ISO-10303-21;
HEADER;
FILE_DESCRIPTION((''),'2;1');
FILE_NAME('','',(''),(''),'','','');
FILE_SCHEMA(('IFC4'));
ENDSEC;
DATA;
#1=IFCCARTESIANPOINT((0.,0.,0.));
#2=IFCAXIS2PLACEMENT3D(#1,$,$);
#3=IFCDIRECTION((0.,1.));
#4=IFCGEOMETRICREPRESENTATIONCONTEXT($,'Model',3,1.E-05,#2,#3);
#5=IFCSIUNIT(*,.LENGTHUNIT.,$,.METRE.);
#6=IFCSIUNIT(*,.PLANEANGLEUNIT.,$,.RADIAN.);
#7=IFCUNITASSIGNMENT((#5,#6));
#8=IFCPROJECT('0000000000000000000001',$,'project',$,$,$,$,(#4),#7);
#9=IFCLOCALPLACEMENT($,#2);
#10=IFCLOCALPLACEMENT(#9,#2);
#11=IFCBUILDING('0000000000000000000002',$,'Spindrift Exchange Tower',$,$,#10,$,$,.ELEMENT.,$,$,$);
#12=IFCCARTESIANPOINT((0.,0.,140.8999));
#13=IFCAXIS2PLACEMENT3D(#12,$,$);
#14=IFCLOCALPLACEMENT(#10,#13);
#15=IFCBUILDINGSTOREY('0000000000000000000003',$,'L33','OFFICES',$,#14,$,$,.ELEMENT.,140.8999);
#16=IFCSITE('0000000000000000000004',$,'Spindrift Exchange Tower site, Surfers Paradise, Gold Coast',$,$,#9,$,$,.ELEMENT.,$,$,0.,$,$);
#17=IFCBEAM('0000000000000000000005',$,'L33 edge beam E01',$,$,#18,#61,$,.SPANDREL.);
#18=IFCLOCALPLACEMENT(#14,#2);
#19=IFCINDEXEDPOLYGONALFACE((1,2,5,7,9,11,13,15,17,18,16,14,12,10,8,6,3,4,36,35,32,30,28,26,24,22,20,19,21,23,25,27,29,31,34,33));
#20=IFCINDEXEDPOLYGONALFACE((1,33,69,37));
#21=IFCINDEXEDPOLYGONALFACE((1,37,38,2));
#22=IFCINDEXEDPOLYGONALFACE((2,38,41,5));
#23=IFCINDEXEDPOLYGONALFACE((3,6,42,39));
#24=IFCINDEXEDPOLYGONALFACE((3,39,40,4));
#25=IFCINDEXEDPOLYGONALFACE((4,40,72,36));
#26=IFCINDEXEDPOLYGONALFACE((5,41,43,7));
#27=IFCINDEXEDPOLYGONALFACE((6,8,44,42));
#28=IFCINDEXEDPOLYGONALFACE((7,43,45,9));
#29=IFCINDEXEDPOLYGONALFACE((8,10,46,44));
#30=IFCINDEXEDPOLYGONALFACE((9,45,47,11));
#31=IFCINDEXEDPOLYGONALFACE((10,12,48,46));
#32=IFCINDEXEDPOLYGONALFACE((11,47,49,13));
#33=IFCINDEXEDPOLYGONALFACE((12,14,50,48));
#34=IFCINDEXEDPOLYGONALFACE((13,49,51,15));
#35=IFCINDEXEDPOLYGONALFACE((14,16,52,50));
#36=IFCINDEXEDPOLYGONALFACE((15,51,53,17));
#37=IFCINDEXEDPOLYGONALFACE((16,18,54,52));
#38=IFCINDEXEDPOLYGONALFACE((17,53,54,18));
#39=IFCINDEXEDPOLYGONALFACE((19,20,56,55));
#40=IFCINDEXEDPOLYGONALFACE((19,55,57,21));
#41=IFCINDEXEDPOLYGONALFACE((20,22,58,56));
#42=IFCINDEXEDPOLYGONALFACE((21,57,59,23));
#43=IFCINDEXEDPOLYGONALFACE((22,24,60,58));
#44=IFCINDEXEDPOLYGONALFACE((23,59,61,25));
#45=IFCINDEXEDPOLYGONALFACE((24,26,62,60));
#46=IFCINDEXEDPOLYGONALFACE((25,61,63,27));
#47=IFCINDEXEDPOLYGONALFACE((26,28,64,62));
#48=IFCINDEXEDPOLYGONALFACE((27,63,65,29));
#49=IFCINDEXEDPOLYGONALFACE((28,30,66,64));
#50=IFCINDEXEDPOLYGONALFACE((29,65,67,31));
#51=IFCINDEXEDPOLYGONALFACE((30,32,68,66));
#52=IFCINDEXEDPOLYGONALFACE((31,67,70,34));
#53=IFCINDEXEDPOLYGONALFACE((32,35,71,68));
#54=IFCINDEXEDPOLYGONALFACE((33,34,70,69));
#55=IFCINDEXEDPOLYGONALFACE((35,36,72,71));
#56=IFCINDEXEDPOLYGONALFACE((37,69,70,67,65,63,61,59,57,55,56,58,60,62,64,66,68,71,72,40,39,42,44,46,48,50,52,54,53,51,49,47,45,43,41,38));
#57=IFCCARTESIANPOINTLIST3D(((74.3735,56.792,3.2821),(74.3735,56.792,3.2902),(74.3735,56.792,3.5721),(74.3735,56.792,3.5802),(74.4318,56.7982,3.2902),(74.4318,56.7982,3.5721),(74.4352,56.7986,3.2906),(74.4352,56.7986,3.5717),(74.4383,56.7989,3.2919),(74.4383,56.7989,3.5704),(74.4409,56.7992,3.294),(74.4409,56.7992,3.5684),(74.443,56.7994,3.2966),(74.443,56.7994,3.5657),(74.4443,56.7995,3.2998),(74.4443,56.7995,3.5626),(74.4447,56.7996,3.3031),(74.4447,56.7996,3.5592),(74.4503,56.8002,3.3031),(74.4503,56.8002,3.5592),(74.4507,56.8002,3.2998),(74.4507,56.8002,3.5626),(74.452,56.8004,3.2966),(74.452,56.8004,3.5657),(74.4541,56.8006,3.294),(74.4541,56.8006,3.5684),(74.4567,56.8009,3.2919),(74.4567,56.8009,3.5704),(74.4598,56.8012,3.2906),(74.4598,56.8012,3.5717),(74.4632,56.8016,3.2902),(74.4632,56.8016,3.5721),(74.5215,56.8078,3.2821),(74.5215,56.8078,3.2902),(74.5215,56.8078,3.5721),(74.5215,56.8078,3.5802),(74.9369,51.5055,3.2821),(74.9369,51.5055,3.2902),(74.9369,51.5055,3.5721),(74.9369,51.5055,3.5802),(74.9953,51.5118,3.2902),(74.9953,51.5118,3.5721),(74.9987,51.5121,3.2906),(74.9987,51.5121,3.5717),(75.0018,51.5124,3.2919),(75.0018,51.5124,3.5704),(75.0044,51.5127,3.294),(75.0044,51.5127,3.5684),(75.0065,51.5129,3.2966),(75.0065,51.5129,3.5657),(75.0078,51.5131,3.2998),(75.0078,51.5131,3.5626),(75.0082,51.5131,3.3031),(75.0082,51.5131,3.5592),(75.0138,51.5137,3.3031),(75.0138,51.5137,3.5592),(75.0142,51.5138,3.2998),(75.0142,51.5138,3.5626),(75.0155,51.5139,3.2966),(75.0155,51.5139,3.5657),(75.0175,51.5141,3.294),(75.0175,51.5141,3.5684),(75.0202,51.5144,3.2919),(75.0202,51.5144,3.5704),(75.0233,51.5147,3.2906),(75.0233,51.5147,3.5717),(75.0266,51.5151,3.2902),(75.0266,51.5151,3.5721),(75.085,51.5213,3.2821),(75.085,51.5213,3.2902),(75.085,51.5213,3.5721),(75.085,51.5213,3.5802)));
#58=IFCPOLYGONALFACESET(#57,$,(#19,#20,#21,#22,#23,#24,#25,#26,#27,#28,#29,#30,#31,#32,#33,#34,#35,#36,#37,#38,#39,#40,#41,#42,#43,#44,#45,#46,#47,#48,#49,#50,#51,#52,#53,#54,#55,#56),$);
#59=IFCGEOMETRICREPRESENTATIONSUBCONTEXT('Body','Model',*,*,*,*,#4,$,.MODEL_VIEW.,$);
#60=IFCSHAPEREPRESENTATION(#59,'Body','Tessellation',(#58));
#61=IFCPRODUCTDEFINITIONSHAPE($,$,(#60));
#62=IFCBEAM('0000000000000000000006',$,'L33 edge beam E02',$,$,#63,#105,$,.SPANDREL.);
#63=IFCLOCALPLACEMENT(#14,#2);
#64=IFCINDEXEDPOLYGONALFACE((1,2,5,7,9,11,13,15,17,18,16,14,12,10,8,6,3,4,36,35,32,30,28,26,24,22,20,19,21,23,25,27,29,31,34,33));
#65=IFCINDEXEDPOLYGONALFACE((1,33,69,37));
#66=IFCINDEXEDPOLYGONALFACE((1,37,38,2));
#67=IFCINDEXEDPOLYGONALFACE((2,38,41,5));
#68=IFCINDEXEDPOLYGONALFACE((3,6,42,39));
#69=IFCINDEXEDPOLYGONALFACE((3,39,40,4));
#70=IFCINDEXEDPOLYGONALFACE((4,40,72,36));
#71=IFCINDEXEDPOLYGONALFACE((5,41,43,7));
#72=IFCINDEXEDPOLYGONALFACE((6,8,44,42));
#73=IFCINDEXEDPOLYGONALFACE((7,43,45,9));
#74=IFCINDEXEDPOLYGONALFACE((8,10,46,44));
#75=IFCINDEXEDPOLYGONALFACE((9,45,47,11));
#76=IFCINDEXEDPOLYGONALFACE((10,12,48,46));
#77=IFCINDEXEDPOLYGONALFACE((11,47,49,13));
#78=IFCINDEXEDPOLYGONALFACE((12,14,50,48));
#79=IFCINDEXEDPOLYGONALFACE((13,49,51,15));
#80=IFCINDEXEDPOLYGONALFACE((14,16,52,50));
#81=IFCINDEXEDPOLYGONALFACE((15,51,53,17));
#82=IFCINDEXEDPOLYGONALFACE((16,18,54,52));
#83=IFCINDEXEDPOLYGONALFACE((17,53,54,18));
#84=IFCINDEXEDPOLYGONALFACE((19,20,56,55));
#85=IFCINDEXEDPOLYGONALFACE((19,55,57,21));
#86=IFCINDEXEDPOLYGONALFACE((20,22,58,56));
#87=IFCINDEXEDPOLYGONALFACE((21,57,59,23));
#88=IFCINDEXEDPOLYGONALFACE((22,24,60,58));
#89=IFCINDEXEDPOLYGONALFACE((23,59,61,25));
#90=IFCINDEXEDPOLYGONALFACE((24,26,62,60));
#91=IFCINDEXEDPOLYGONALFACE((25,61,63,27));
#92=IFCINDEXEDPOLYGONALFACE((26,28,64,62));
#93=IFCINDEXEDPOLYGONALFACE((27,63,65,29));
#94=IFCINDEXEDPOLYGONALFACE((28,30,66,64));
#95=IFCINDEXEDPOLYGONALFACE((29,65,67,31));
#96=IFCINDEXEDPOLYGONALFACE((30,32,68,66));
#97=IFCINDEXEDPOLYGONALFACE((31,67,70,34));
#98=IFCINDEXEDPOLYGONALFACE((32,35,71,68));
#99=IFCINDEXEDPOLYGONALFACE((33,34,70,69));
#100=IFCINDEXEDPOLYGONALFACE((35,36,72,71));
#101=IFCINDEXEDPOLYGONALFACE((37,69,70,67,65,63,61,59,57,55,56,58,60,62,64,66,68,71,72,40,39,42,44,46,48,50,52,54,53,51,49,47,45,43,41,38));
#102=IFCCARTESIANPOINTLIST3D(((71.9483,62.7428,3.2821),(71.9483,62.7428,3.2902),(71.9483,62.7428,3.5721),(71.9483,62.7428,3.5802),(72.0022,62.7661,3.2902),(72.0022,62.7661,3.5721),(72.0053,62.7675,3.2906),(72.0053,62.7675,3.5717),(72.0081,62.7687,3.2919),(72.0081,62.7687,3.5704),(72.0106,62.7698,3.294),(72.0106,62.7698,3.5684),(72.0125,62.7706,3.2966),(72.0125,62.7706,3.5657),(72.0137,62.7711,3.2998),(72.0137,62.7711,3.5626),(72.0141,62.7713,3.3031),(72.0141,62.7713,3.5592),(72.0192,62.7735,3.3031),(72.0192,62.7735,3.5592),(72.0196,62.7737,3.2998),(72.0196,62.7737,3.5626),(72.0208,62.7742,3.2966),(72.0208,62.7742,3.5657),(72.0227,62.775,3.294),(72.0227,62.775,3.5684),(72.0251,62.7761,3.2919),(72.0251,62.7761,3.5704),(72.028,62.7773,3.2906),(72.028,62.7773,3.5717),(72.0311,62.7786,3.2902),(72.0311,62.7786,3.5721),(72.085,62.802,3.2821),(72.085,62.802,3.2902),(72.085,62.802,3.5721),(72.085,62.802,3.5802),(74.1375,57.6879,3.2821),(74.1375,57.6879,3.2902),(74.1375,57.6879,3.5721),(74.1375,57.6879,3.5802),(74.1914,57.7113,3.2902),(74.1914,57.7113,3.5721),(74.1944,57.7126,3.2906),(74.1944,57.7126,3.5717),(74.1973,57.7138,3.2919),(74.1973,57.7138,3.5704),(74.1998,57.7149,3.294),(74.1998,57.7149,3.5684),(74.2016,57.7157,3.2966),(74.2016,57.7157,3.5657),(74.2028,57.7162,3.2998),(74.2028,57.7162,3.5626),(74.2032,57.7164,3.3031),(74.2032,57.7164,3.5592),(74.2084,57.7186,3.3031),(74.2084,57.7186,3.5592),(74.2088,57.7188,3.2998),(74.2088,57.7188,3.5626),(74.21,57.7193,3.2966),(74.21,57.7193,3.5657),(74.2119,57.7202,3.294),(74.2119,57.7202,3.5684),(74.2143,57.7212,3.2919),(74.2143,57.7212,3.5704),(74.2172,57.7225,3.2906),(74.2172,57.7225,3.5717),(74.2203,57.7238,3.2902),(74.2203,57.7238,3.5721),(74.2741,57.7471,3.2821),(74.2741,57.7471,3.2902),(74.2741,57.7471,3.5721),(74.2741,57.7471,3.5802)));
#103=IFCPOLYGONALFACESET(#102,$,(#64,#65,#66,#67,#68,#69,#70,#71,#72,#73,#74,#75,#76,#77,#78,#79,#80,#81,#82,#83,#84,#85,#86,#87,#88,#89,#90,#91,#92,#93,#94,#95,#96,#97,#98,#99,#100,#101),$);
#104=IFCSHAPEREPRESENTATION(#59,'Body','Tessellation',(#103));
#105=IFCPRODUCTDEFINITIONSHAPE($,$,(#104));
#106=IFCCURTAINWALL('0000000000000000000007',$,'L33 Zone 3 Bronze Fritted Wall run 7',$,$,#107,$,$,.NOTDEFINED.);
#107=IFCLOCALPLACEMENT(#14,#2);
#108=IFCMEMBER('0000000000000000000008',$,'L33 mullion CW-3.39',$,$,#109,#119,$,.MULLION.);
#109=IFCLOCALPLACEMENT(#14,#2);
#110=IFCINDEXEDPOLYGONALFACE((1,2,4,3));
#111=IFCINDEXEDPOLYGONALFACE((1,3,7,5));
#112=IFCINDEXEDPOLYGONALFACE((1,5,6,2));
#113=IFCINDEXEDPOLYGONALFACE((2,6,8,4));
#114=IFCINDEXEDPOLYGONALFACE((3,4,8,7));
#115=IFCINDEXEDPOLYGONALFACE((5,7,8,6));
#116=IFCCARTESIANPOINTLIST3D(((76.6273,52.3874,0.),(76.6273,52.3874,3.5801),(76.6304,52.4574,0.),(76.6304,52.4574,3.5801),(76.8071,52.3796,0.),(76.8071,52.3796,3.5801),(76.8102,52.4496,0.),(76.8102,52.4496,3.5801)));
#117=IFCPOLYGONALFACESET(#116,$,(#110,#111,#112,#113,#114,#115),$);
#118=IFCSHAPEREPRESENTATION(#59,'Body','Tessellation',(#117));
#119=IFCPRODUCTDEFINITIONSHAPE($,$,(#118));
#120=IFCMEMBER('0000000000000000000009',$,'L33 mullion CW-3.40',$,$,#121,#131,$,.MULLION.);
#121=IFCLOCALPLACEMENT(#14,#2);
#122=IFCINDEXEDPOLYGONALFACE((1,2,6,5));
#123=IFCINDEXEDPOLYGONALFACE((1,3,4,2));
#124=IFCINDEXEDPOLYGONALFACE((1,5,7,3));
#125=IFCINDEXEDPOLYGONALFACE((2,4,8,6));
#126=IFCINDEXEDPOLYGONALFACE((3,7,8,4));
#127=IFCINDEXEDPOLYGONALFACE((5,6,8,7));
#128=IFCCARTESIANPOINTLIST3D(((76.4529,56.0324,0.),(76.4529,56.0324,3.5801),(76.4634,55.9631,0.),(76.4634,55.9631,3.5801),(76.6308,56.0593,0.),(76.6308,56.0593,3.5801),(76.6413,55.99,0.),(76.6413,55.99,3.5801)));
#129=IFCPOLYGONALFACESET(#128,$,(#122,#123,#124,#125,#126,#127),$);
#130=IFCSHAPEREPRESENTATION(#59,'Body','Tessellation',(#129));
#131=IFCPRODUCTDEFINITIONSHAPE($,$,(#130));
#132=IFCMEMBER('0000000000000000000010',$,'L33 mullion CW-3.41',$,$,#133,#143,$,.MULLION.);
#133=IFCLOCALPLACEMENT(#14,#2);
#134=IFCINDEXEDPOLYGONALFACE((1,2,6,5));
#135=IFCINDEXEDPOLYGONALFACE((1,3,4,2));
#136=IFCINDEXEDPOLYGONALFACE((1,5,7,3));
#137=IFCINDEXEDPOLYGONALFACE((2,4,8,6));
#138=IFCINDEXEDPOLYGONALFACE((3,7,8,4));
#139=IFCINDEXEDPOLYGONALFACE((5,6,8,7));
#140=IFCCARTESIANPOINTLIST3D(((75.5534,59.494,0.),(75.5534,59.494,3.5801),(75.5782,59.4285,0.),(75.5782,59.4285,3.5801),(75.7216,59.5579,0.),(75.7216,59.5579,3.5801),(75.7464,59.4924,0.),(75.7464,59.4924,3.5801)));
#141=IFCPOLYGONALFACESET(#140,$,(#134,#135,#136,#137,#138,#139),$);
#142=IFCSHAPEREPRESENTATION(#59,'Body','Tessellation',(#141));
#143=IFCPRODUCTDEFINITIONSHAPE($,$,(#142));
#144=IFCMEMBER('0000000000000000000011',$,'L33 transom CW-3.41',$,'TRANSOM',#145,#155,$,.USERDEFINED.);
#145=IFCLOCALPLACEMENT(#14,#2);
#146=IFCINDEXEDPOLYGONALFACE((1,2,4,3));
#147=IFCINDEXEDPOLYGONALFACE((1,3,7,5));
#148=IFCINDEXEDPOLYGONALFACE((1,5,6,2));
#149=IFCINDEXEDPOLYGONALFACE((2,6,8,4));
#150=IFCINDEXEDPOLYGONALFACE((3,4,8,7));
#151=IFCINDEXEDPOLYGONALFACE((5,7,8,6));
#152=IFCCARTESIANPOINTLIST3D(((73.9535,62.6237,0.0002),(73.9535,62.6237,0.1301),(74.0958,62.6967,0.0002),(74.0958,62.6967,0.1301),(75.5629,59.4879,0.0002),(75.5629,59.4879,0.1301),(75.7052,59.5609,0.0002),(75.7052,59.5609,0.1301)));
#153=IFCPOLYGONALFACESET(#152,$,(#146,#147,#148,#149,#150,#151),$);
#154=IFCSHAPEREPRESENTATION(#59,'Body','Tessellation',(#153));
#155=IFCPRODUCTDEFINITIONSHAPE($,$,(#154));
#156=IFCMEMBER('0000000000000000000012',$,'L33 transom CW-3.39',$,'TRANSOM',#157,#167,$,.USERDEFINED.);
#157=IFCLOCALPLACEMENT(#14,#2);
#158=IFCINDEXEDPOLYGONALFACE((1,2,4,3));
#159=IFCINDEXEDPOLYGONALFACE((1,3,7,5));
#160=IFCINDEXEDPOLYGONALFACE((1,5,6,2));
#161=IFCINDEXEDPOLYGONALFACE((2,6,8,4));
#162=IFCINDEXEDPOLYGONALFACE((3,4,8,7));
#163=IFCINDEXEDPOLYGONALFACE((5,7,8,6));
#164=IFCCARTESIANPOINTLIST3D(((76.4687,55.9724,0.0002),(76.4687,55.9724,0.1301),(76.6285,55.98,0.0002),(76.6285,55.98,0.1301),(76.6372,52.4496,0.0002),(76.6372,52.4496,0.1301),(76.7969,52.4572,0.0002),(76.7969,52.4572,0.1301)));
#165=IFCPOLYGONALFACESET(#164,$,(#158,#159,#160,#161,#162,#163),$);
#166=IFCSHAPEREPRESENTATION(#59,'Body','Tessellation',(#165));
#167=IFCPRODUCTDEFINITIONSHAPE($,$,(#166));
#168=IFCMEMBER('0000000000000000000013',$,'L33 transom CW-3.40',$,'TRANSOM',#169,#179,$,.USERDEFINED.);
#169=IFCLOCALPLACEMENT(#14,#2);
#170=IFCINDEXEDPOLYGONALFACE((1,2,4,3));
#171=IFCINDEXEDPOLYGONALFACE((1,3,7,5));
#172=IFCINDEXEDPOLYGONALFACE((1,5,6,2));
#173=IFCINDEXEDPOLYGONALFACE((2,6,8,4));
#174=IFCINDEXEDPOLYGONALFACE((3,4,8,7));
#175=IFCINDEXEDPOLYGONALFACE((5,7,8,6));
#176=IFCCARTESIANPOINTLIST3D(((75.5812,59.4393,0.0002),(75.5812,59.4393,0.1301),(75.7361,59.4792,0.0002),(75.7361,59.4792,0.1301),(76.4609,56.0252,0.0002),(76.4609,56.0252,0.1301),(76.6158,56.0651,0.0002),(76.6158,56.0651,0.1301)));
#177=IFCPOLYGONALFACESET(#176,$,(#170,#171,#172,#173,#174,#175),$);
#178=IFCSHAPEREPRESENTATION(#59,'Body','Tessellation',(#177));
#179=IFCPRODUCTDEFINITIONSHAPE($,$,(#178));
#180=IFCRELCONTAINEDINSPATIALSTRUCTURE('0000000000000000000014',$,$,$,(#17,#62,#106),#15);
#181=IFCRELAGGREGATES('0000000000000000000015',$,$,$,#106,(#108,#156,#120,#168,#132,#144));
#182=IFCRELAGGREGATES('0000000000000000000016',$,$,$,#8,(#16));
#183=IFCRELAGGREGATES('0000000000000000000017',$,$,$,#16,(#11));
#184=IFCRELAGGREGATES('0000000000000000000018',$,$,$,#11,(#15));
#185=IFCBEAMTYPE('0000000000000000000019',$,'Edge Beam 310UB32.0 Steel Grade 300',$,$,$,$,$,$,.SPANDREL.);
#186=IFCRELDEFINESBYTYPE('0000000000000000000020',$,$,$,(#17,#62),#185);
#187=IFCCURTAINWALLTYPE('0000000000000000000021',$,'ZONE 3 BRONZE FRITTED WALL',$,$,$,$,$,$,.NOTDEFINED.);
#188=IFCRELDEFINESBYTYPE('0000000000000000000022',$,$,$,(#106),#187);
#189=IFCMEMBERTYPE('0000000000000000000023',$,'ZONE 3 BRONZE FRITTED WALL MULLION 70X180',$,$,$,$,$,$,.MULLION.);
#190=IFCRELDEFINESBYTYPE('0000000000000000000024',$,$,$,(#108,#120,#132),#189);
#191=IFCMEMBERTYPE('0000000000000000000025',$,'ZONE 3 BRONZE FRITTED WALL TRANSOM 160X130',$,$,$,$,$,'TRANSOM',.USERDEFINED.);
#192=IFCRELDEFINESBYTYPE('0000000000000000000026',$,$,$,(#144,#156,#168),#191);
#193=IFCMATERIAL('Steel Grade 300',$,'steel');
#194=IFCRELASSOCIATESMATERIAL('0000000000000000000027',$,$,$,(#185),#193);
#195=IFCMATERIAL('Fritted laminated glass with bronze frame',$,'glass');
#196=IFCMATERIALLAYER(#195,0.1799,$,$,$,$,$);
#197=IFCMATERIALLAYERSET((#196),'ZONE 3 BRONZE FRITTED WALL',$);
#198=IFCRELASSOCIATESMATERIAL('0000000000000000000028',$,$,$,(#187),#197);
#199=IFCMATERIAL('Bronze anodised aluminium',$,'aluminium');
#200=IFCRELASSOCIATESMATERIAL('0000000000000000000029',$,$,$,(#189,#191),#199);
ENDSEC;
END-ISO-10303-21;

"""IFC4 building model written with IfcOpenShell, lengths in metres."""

from ifc_helpers import new_model, si_unit, direction, frame, origin, origin_2d, place, context, subcontext, project, spatial, rectangle, i_section, extrude, source, transform, mapped, material, layer, layer_set, material_profile, profile_set, type_object, element, aggregate, save


model = new_model("IFC4")

# Units and contexts
model_context = context("Model", 3, precision=1e-05, world=origin(), true_north=direction((0.0, 1.0)))
body_context = subcontext(model_context, "Body", "Model", "MODEL_VIEW")
ifc_project = project(units=[si_unit("LENGTHUNIT", "METRE"), si_unit("PLANEANGLEUNIT", "RADIAN")], contexts=[model_context])

# Site, building, storey
site_placement = place(None, origin())
site = spatial("IfcSite", under=ifc_project, at=site_placement, Name="Spindrift Exchange Tower site, Surfers Paradise, Gold Coast", CompositionType="ELEMENT", RefElevation=0.0)
building_placement = place(site_placement, origin())
building = spatial("IfcBuilding", under=site, at=building_placement, Name="Spindrift Exchange Tower", CompositionType="ELEMENT")
storey_placement = place(building_placement, frame((0.0, 0.0, 140.8999)))
storey = spatial("IfcBuildingStorey", under=building, at=storey_placement, Name="L33", Description="OFFICES", CompositionType="ELEMENT", Elevation=140.8999)

# Beams
ifc_material_1 = material(Name="Steel Grade 300", Category="steel")
ifc_material_profile_1 = material_profile(ifc_material_1, i_section(OverallWidth=0.1489, OverallDepth=0.2981, WebThickness=0.0056, FlangeThickness=0.0081, FilletRadius=0.0129, at=origin_2d()), Name="310UB32.0")
ifc_profile_set_1 = profile_set([ifc_material_profile_1], Name="Steel Grade 300")
beam_type_1 = type_object("IfcBeamType", Name="Edge Beam 310UB32.0 Steel Grade 300", PredefinedType="SPANDREL", material=ifc_profile_set_1)
shared_shape_1 = source(origin(), body_context, "Body", "SweptSolid", [
    extrude(i_section(OverallWidth=0.1489, OverallDepth=0.2981, WebThickness=0.0056, FlangeThickness=0.0081, FilletRadius=0.0129, at=origin_2d()), origin(), (0.0, 0.0, 1.0), 5.3164),
])
beam_1_placement = place(storey_placement, frame((75.011, 51.5134, 3.4312), z_axis=(-0.10599, 0.994367, 0.0), x_axis=(-0.994367, -0.10599, 0.0)))
element("IfcBeam", 1, at=beam_1_placement, inside=storey, type_object=beam_type_1, Name="L33 edge beam E01", PredefinedType="SPANDREL", context=body_context, shape_type="MappedRepresentation", body=[
    mapped(shared_shape_1, transform((0.0, 0.0, 0.0), scale=1.0)),
])
shared_shape_2 = source(origin(), body_context, "Body", "SweptSolid", [
    extrude(i_section(OverallWidth=0.1489, OverallDepth=0.2981, WebThickness=0.0056, FlangeThickness=0.0081, FilletRadius=0.0129, at=origin_2d()), origin(), (0.0, 0.0, 1.0), 5.5085),
])
beam_2_placement = place(storey_placement, frame((74.2058, 57.7175, 3.4312), z_axis=(-0.397415, 0.917639, 0.0), x_axis=(-0.917639, -0.397415, 0.0)))
element("IfcBeam", 2, at=beam_2_placement, inside=storey, type_object=beam_type_1, Name="L33 edge beam E02", PredefinedType="SPANDREL", context=body_context, shape_type="MappedRepresentation", body=[
    mapped(shared_shape_2, transform((0.0, 0.0, 0.0), scale=1.0)),
])

# Curtain wall, members
ifc_material_2 = material(Name="Fritted laminated glass with bronze frame", Category="glass")
ifc_layer_1 = layer(ifc_material_2, 0.1799)
ifc_layer_set_1 = layer_set([ifc_layer_1], Name="ZONE 3 BRONZE FRITTED WALL")
curtain_wall_type = type_object("IfcCurtainWallType", Name="ZONE 3 BRONZE FRITTED WALL", PredefinedType="NOTDEFINED", material=ifc_layer_set_1)
curtain_wall_placement = place(storey_placement, origin())
curtain_wall = element("IfcCurtainWall", 3, at=curtain_wall_placement, inside=storey, type_object=curtain_wall_type, Name="L33 Zone 3 Bronze Fritted Wall run 7", PredefinedType="NOTDEFINED")
ifc_material_3 = material(Name="Bronze anodised aluminium", Category="aluminium")
ifc_material_profile_2 = material_profile(ifc_material_3, rectangle(XDim=0.0701, YDim=0.1799, at=origin_2d()), Name="ZONE 3 BRONZE FRITTED WALL MULLION 70X180")
ifc_profile_set_2 = profile_set([ifc_material_profile_2], Name="Bronze anodised aluminium")
member_type_1 = type_object("IfcMemberType", Name="ZONE 3 BRONZE FRITTED WALL MULLION 70X180", PredefinedType="MULLION", material=ifc_profile_set_2)
shared_shape_3 = source(origin(), body_context, "Body", "SweptSolid", [
    extrude(rectangle(XDim=0.0701, YDim=0.1799, at=origin_2d()), origin(), (0.0, 0.0, 1.0), 3.5801),
])
member_1_placement = place(storey_placement, frame((76.7188, 52.4185, 0.0), z_axis=(0.0, 0.0, 1.0), x_axis=(0.043403, 0.999058, 0.0)))
member_1 = element("IfcMember", 4, at=member_1_placement, type_object=member_type_1, Name="L33 mullion CW-3.39", PredefinedType="MULLION", context=body_context, shape_type="MappedRepresentation", body=[
    mapped(shared_shape_3, transform((0.0, 0.0, 0.0), scale=1.0)),
])
member_2_placement = place(storey_placement, frame((76.5471, 56.0112, 0.0), z_axis=(0.0, 0.0, 1.0), x_axis=(-0.149393, 0.988778, 0.0)))
member_2 = element("IfcMember", 5, at=member_2_placement, type_object=member_type_1, Name="L33 mullion CW-3.40", PredefinedType="MULLION", context=body_context, shape_type="MappedRepresentation", body=[
    mapped(shared_shape_3, transform((0.0, 0.0, 0.0), scale=1.0)),
])
member_3_placement = place(storey_placement, frame((75.6499, 59.4932, 0.0), z_axis=(0.0, 0.0, 1.0), x_axis=(-0.355228, 0.93478, 0.0)))
member_3 = element("IfcMember", 6, at=member_3_placement, type_object=member_type_1, Name="L33 mullion CW-3.41", PredefinedType="MULLION", context=body_context, shape_type="MappedRepresentation", body=[
    mapped(shared_shape_3, transform((0.0, 0.0, 0.0), scale=1.0)),
])
ifc_material_profile_3 = material_profile(ifc_material_3, rectangle(XDim=0.1599, YDim=0.1299, at=origin_2d()), Name="ZONE 3 BRONZE FRITTED WALL TRANSOM 160X130")
ifc_profile_set_3 = profile_set([ifc_material_profile_3], Name="Bronze anodised aluminium")
member_type_2 = type_object("IfcMemberType", Name="ZONE 3 BRONZE FRITTED WALL TRANSOM 160X130", ElementType="TRANSOM", PredefinedType="USERDEFINED", material=ifc_profile_set_3)
shared_shape_4 = source(origin(), body_context, "Body", "SweptSolid", [
    extrude(rectangle(XDim=0.1599, YDim=0.1299, at=origin_2d()), origin(), (0.0, 0.0, 1.0), 3.5247),
])
member_4_placement = place(storey_placement, frame((75.634, 59.5244, 0.0652), z_axis=(-0.456609, 0.889667, 0.0), x_axis=(-0.889667, -0.456609, 0.0)))
member_4 = element("IfcMember", 7, at=member_4_placement, type_object=member_type_2, Name="L33 transom CW-3.41", ObjectType="TRANSOM", PredefinedType="USERDEFINED", context=body_context, shape_type="MappedRepresentation", body=[
    mapped(shared_shape_4, transform((0.0, 0.0, 0.0), scale=1.0)),
])
shared_shape_5 = source(origin(), body_context, "Body", "SweptSolid", [
    extrude(rectangle(XDim=0.1599, YDim=0.1299, at=origin_2d()), origin(), (0.0, 0.0, 1.0), 3.5269),
])
member_5_placement = place(storey_placement, frame((76.717, 52.4534, 0.0652), z_axis=(-0.047762, 0.998859, 0.0), x_axis=(-0.998859, -0.047762, 0.0)))
member_5 = element("IfcMember", 8, at=member_5_placement, type_object=member_type_2, Name="L33 transom CW-3.39", ObjectType="TRANSOM", PredefinedType="USERDEFINED", context=body_context, shape_type="MappedRepresentation", body=[
    mapped(shared_shape_5, transform((0.0, 0.0, 0.0), scale=1.0)),
])
shared_shape_6 = source(origin(), body_context, "Body", "SweptSolid", [
    extrude(rectangle(XDim=0.1599, YDim=0.1299, at=origin_2d()), origin(), (0.0, 0.0, 1.0), 3.5256),
])
member_6_placement = place(storey_placement, frame((76.5383, 56.0452, 0.0652), z_axis=(-0.249503, 0.968374, 0.0), x_axis=(-0.968374, -0.249503, 0.0)))
member_6 = element("IfcMember", 9, at=member_6_placement, type_object=member_type_2, Name="L33 transom CW-3.40", ObjectType="TRANSOM", PredefinedType="USERDEFINED", context=body_context, shape_type="MappedRepresentation", body=[
    mapped(shared_shape_6, transform((0.0, 0.0, 0.0), scale=1.0)),
])
aggregate(curtain_wall, [member_1, member_5, member_2, member_6, member_3, member_4])

save(model, "model.ifc")
